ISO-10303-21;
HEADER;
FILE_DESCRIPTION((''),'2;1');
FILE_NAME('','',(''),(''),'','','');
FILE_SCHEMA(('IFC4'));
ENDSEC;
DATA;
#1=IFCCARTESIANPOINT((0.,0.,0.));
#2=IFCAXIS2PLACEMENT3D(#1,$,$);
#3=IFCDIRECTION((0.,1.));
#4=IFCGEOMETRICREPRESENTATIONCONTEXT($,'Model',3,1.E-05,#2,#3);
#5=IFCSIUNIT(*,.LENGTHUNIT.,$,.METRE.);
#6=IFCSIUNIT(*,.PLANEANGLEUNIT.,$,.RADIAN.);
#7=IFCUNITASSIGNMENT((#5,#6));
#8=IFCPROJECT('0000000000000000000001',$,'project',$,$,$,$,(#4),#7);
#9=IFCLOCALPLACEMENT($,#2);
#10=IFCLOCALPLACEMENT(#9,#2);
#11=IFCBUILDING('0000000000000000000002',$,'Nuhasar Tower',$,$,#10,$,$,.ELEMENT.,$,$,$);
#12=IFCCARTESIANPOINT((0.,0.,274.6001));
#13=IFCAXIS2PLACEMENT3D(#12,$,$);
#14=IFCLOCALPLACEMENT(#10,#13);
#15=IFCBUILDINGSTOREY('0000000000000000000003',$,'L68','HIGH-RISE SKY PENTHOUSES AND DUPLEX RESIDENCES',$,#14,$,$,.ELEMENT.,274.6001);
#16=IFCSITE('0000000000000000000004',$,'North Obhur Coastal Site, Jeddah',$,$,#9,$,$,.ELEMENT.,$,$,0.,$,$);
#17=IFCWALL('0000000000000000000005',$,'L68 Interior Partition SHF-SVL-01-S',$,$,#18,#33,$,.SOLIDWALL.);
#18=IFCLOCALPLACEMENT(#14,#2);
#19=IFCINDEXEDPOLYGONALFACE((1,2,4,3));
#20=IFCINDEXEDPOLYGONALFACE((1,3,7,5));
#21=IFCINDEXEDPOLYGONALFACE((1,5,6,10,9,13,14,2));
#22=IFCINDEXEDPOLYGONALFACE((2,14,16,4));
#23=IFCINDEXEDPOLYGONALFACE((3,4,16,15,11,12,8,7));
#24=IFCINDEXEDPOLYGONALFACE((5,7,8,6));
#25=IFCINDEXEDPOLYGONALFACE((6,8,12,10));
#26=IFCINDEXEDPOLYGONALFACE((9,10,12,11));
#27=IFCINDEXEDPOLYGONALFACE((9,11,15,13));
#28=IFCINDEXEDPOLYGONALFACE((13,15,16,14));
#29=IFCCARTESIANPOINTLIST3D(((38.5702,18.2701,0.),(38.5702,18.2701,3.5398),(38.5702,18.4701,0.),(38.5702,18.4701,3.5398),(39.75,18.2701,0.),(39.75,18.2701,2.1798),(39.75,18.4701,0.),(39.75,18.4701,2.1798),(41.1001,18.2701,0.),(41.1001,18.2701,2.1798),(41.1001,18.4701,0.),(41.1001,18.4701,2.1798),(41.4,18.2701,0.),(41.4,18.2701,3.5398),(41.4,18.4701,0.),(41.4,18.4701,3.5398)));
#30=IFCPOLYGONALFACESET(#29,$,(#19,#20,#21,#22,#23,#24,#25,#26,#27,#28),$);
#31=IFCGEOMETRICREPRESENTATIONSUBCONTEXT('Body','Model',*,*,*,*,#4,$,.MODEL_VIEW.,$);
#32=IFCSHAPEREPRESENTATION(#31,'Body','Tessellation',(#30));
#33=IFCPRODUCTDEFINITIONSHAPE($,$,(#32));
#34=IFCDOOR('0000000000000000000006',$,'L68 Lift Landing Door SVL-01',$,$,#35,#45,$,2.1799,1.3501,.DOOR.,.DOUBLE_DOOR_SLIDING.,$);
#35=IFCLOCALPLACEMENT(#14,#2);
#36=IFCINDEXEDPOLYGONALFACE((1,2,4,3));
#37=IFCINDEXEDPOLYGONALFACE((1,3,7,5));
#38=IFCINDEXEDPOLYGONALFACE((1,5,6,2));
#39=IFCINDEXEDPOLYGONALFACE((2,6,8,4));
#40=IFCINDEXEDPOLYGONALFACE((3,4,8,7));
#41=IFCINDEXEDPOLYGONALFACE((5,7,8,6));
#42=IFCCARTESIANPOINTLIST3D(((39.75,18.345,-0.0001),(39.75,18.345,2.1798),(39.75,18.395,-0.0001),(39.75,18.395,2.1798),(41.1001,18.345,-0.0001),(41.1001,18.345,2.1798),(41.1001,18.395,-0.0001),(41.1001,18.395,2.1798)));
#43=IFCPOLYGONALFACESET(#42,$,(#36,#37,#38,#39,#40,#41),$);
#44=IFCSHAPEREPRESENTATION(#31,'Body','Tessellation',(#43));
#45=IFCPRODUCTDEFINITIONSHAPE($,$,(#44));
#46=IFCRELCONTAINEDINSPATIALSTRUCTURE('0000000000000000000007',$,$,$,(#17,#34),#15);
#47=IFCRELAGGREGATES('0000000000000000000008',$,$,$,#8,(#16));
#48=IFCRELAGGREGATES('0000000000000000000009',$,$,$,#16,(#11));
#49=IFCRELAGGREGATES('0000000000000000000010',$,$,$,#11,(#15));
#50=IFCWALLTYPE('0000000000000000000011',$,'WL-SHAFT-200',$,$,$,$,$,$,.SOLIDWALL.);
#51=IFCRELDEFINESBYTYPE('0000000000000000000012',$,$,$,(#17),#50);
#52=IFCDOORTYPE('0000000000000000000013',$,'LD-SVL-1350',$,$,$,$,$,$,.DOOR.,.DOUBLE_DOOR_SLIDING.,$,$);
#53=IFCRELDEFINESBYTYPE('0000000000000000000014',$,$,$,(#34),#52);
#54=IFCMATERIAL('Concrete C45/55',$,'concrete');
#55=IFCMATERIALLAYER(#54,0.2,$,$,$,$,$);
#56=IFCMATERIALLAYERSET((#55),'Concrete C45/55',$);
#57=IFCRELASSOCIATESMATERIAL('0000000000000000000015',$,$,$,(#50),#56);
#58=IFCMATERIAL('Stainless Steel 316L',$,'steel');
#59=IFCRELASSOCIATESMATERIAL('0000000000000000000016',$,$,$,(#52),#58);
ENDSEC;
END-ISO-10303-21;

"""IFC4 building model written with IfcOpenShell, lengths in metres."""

from ifc_helpers import new_model, si_unit, direction, frame, frame_2d, origin, place, context, subcontext, project, spatial, rectangle, extrude, material, layer, layer_set, type_object, element, fill, save


model = new_model("IFC4")

# Units and contexts
model_context = context("Model", 3, precision=1e-05, world=origin(), true_north=direction((0.0, 1.0)))
body_context = subcontext(model_context, "Body", "Model", "MODEL_VIEW")
ifc_project = project(units=[si_unit("LENGTHUNIT", "METRE"), si_unit("PLANEANGLEUNIT", "RADIAN")], contexts=[model_context])

# Site, building, storey
site_placement = place(None, origin())
site = spatial("IfcSite", under=ifc_project, at=site_placement, Name="North Obhur Coastal Site, Jeddah", CompositionType="ELEMENT", RefElevation=0.0)
building_placement = place(site_placement, origin())
building = spatial("IfcBuilding", under=site, at=building_placement, Name="Nuhasar Tower", CompositionType="ELEMENT")
storey_placement = place(building_placement, frame((0.0, 0.0, 274.6001)))
storey = spatial("IfcBuildingStorey", under=building, at=storey_placement, Name="L68", Description="HIGH-RISE SKY PENTHOUSES AND DUPLEX RESIDENCES", CompositionType="ELEMENT", Elevation=274.6001)

# Shared definitions
ifc_material_1 = material(Name="Concrete C45/55", Category="concrete")

# Shared definitions
ifc_layer_1 = layer(ifc_material_1, 0.2)
ifc_layer_set_1 = layer_set([ifc_layer_1], Name="Concrete C45/55")
wall_type_1 = type_object("IfcWallType", Name="WL-SHAFT-200", PredefinedType="SOLIDWALL", material=ifc_layer_set_1)
ifc_material_2 = material(Name="Stainless Steel 316L", Category="steel")

# Wall, opening, door
wall_1_placement = place(storey_placement, frame((38.5701, 18.3701, 0.0), z_axis=(0.0, 0.0, 1.0), x_axis=(1.0, 0.0, 0.0)))
wall_1 = element("IfcWall", 1, at=wall_1_placement, inside=storey, type_object=wall_type_1, Name="L68 Interior Partition SHF-SVL-01-S", PredefinedType="SOLIDWALL", context=body_context, shape_type="SweptSolid", body=[
    extrude(rectangle(XDim=2.8298, YDim=0.2, at=frame_2d((1.415, 0.0))), origin(), (0.0, 0.0, 1.0), 3.5398),
])
opening_1_placement = place(wall_1_placement, frame((1.1799, 0.0, 0.0)))
opening_1 = element("IfcOpeningElement", 2, at=opening_1_placement, cuts=wall_1, PredefinedType="OPENING", context=body_context, shape_type="SweptSolid", body=[
    extrude(rectangle(XDim=1.3501, YDim=2.1799, at=frame_2d((0.675, 1.0898))), frame((0.0, 0.1099, 0.0), z_axis=(0.0, -1.0, 0.0), x_axis=(1.0, 0.0, 0.0)), (0.0, 0.0, 1.0), 0.22),
])
door_type_1 = type_object("IfcDoorType", Name="LD-SVL-1350", OperationType="DOUBLE_DOOR_SLIDING", PredefinedType="DOOR", material=ifc_material_2)
door_1_placement = place(opening_1_placement, origin())
door_1 = element("IfcDoor", 3, at=door_1_placement, inside=storey, type_object=door_type_1, Name="L68 Lift Landing Door SVL-01", OperationType="DOUBLE_DOOR_SLIDING", OverallHeight=2.1799, OverallWidth=1.3501, PredefinedType="DOOR", context=body_context, shape_type="SweptSolid", body=[
    extrude(rectangle(XDim=1.3501, YDim=2.1799, at=frame_2d((0.675, 1.0898))), frame((0.0, 0.0249, 0.0), z_axis=(0.0, -1.0, 0.0), x_axis=(1.0, 0.0, 0.0)), (0.0, 0.0, 1.0), 0.05),
])
fill(opening_1, door_1)

save(model, "model.ifc")
